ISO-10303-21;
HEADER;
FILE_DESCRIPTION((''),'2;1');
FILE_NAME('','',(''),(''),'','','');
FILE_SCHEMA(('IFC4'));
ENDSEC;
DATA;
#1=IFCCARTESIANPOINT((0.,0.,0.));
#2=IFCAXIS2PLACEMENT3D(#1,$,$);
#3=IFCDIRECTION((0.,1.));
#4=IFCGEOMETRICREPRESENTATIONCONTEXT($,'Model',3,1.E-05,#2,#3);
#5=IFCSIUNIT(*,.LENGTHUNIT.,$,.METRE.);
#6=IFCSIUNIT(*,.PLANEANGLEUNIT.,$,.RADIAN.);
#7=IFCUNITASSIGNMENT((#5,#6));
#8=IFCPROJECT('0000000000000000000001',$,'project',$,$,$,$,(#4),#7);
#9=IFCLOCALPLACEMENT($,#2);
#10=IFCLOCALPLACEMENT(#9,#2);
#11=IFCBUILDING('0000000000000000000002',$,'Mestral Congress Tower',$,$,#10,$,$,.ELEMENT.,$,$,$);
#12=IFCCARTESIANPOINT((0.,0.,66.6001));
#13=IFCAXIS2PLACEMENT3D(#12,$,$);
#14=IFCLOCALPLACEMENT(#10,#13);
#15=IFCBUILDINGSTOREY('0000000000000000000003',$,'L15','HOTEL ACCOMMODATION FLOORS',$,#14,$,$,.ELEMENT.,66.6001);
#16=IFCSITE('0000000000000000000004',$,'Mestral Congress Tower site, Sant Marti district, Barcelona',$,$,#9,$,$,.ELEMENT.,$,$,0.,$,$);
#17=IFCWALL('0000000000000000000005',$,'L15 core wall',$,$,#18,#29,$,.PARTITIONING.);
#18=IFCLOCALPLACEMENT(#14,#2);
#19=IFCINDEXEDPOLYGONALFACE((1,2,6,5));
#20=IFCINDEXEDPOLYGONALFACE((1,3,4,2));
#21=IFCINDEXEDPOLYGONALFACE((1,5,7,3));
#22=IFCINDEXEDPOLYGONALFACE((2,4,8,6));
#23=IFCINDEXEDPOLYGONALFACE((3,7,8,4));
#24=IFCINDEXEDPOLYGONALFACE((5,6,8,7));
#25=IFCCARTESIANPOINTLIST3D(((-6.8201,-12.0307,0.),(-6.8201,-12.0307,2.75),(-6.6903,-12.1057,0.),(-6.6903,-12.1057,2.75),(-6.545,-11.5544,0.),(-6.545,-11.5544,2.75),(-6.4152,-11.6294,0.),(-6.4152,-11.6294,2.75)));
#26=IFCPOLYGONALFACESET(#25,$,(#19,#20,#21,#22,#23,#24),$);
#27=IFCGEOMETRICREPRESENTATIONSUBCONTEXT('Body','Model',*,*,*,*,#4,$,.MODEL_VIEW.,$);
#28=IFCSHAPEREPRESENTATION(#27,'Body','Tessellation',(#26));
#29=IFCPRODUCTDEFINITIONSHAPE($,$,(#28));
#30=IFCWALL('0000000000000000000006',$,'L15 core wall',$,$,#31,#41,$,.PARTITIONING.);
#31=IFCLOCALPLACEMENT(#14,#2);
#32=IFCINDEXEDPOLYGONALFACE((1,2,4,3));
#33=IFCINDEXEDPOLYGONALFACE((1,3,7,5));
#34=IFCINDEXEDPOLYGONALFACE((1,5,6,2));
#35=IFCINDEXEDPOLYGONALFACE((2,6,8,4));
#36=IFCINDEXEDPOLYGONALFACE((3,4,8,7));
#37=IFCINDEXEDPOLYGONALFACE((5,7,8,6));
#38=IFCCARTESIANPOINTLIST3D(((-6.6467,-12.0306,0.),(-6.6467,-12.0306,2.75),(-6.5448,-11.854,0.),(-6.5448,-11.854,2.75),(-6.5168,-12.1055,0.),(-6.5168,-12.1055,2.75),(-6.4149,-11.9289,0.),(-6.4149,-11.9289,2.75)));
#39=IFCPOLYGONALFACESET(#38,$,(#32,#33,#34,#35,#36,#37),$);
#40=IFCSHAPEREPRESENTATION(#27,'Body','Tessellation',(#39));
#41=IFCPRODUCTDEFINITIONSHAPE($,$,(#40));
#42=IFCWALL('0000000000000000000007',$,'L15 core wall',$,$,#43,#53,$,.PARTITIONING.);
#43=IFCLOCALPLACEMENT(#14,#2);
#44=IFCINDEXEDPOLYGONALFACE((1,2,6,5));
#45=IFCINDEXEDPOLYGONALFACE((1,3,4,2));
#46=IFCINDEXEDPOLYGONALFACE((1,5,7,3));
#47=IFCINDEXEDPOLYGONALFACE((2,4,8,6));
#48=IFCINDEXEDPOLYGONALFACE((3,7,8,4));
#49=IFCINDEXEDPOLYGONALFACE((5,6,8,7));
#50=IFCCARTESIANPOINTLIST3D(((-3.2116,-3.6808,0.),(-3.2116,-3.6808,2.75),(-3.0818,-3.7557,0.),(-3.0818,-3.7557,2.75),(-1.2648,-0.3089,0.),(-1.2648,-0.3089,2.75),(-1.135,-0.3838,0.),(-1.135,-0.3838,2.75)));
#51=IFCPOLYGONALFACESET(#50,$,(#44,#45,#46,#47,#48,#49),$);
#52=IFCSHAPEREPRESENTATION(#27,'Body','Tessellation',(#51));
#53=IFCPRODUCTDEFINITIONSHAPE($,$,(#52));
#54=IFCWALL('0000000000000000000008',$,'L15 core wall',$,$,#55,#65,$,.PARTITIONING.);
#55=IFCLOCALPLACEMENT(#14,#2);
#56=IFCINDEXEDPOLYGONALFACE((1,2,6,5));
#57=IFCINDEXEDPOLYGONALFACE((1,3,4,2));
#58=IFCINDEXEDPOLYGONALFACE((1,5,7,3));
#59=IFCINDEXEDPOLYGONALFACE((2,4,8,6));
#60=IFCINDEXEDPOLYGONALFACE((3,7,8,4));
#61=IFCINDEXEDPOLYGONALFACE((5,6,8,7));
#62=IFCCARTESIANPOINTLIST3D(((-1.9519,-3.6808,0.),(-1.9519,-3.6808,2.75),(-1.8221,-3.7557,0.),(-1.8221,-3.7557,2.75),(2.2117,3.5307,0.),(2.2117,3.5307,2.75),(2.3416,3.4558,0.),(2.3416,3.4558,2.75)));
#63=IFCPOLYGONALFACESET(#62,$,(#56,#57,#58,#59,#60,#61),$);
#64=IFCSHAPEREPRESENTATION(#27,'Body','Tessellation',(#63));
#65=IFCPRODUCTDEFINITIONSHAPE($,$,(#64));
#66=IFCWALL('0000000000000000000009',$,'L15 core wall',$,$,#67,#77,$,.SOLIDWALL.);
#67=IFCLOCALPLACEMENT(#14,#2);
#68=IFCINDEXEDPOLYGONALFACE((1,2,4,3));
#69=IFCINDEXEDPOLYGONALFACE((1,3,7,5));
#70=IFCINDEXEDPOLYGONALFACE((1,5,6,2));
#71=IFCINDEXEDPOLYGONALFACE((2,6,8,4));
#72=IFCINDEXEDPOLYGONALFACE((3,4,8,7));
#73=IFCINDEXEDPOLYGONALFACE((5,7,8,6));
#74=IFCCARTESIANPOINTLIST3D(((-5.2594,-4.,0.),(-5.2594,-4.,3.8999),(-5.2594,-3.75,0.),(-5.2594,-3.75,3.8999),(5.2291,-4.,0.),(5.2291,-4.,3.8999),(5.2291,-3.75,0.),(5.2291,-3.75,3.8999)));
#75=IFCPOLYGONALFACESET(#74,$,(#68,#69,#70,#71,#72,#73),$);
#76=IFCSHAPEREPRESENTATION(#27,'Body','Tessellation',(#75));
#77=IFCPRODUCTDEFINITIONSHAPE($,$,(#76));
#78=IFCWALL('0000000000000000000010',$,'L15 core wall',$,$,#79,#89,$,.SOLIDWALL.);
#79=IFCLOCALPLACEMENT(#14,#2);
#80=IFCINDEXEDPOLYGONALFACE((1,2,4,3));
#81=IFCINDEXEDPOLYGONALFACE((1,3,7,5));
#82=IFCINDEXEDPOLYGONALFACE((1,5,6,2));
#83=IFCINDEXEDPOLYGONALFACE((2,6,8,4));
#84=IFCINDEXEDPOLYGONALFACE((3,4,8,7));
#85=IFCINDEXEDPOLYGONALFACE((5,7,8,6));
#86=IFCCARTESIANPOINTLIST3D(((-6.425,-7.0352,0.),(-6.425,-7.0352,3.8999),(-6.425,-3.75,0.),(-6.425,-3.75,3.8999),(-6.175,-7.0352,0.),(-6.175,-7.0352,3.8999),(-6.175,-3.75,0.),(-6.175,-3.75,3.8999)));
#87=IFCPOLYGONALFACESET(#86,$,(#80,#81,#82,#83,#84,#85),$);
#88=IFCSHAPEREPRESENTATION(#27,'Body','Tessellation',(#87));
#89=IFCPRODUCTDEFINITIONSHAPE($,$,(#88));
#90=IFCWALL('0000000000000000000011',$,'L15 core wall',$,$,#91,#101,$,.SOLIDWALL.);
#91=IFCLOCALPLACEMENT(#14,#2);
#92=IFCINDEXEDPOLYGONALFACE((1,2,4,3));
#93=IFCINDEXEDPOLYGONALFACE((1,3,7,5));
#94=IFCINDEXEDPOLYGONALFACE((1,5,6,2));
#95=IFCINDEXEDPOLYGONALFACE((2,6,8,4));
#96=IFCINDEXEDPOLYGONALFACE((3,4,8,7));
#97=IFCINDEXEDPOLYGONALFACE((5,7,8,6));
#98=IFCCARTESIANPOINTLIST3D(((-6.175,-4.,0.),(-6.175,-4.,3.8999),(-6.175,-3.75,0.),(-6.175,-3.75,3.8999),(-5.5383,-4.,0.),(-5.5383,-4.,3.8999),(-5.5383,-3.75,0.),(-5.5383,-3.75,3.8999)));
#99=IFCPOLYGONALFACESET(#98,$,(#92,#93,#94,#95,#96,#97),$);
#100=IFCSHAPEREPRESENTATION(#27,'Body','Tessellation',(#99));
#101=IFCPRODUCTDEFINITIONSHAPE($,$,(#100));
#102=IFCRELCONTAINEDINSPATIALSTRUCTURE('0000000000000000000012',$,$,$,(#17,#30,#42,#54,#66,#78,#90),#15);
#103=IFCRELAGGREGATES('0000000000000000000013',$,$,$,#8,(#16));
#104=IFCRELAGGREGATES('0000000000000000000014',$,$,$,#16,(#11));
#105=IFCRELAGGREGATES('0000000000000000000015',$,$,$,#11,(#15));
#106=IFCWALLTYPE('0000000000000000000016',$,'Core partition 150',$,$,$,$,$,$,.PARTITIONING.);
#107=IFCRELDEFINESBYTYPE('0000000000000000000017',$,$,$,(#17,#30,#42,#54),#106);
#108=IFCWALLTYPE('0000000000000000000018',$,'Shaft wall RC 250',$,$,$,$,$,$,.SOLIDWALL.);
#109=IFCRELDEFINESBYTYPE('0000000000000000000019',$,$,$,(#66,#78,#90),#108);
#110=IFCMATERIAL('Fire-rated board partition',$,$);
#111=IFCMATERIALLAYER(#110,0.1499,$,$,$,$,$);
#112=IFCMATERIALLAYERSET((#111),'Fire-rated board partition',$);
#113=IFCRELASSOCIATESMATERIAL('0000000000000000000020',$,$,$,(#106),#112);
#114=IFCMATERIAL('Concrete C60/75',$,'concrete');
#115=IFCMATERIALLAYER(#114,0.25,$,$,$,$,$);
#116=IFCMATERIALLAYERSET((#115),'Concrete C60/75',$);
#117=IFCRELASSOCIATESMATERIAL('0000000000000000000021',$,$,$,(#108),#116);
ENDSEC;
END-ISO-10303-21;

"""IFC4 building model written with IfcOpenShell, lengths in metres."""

from ifc_helpers import new_model, si_unit, direction, frame, frame_2d, origin, place, context, subcontext, project, spatial, rectangle, extrude, material, layer, layer_set, type_object, element, save


model = new_model("IFC4")

# Units and contexts
model_context = context("Model", 3, precision=1e-05, world=origin(), true_north=direction((0.0, 1.0)))
body_context = subcontext(model_context, "Body", "Model", "MODEL_VIEW")
ifc_project = project(units=[si_unit("LENGTHUNIT", "METRE"), si_unit("PLANEANGLEUNIT", "RADIAN")], contexts=[model_context])

# Site, building, storey
site_placement = place(None, origin())
site = spatial("IfcSite", under=ifc_project, at=site_placement, Name="Mestral Congress Tower site, Sant Marti district, Barcelona", CompositionType="ELEMENT", RefElevation=0.0)
building_placement = place(site_placement, origin())
building = spatial("IfcBuilding", under=site, at=building_placement, Name="Mestral Congress Tower", CompositionType="ELEMENT")
storey_placement = place(building_placement, frame((0.0, 0.0, 66.6001)))
storey = spatial("IfcBuildingStorey", under=building, at=storey_placement, Name="L15", Description="HOTEL ACCOMMODATION FLOORS", CompositionType="ELEMENT", Elevation=66.6001)

# Walls
ifc_material_1 = material(Name="Fire-rated board partition")
ifc_layer_1 = layer(ifc_material_1, 0.1499)
ifc_layer_set_1 = layer_set([ifc_layer_1], Name="Fire-rated board partition")
wall_type_1 = type_object("IfcWallType", Name="Core partition 150", PredefinedType="PARTITIONING", material=ifc_layer_set_1)
wall_1_placement = place(storey_placement, frame((-6.7551, -12.0681, 0.0), z_axis=(0.0, 0.0, 1.0), x_axis=(0.500196, 0.865912, 0.0)))
element("IfcWall", 1, at=wall_1_placement, inside=storey, type_object=wall_type_1, Name="L15 core wall", PredefinedType="PARTITIONING", context=body_context, shape_type="SweptSolid", body=[
    extrude(rectangle(XDim=0.55, YDim=0.1499, at=frame_2d((0.2749, 0.0))), origin(), (0.0, 0.0, 1.0), 2.75),
])
wall_2_placement = place(storey_placement, frame((-6.5818, -12.0681, 0.0), z_axis=(0.0, 0.0, 1.0), x_axis=(0.499619, 0.866245, 0.0)))
element("IfcWall", 2, at=wall_2_placement, inside=storey, type_object=wall_type_1, Name="L15 core wall", PredefinedType="PARTITIONING", context=body_context, shape_type="SweptSolid", body=[
    extrude(rectangle(XDim=0.2039, YDim=0.1499, at=frame_2d((0.1021, 0.0))), origin(), (0.0, 0.0, 1.0), 2.75),
])
wall_3_placement = place(storey_placement, frame((-3.1467, -3.7183, 0.0), z_axis=(0.0, 0.0, 1.0), x_axis=(0.50001, 0.86602, 0.0)))
element("IfcWall", 3, at=wall_3_placement, inside=storey, type_object=wall_type_1, Name="L15 core wall", PredefinedType="PARTITIONING", context=body_context, shape_type="SweptSolid", body=[
    extrude(rectangle(XDim=3.8936, YDim=0.1499, at=frame_2d((1.9468, 0.0))), origin(), (0.0, 0.0, 1.0), 2.75),
])
wall_4_placement = place(storey_placement, frame((-1.887, -3.7183, 0.0), z_axis=(0.0, 0.0, 1.0), x_axis=(0.500005, 0.866023, 0.0)))
element("IfcWall", 4, at=wall_4_placement, inside=storey, type_object=wall_type_1, Name="L15 core wall", PredefinedType="PARTITIONING", context=body_context, shape_type="SweptSolid", body=[
    extrude(rectangle(XDim=8.3271, YDim=0.1499, at=frame_2d((4.1636, 0.0))), origin(), (0.0, 0.0, 1.0), 2.75),
])
ifc_material_2 = material(Name="Concrete C60/75", Category="concrete")
ifc_layer_2 = layer(ifc_material_2, 0.25)
ifc_layer_set_2 = layer_set([ifc_layer_2], Name="Concrete C60/75")
wall_type_2 = type_object("IfcWallType", Name="Shaft wall RC 250", PredefinedType="SOLIDWALL", material=ifc_layer_set_2)
wall_5_placement = place(storey_placement, frame((-5.2593, -3.875, 0.0), z_axis=(0.0, 0.0, 1.0), x_axis=(1.0, 0.0, 0.0)))
element("IfcWall", 5, at=wall_5_placement, inside=storey, type_object=wall_type_2, Name="L15 core wall", PredefinedType="SOLIDWALL", context=body_context, shape_type="SweptSolid", body=[
    extrude(rectangle(XDim=10.4885, YDim=0.25, at=frame_2d((5.2441, 0.0))), origin(), (0.0, 0.0, 1.0), 3.8999),
])
wall_6_placement = place(storey_placement, frame((-6.3, -7.0352, 0.0), z_axis=(0.0, 0.0, 1.0), x_axis=(0.0, 1.0, 0.0)))
element("IfcWall", 6, at=wall_6_placement, inside=storey, type_object=wall_type_2, Name="L15 core wall", PredefinedType="SOLIDWALL", context=body_context, shape_type="SweptSolid", body=[
    extrude(rectangle(XDim=3.2852, YDim=0.25, at=frame_2d((1.6426, 0.0))), origin(), (0.0, 0.0, 1.0), 3.8999),
])
wall_7_placement = place(storey_placement, frame((-6.175, -3.875, 0.0), z_axis=(0.0, 0.0, 1.0), x_axis=(1.0, 0.0, 0.0)))
element("IfcWall", 7, at=wall_7_placement, inside=storey, type_object=wall_type_2, Name="L15 core wall", PredefinedType="SOLIDWALL", context=body_context, shape_type="SweptSolid", body=[
    extrude(rectangle(XDim=0.6367, YDim=0.25, at=frame_2d((0.3184, 0.0))), origin(), (0.0, 0.0, 1.0), 3.8999),
])

save(model, "model.ifc")
